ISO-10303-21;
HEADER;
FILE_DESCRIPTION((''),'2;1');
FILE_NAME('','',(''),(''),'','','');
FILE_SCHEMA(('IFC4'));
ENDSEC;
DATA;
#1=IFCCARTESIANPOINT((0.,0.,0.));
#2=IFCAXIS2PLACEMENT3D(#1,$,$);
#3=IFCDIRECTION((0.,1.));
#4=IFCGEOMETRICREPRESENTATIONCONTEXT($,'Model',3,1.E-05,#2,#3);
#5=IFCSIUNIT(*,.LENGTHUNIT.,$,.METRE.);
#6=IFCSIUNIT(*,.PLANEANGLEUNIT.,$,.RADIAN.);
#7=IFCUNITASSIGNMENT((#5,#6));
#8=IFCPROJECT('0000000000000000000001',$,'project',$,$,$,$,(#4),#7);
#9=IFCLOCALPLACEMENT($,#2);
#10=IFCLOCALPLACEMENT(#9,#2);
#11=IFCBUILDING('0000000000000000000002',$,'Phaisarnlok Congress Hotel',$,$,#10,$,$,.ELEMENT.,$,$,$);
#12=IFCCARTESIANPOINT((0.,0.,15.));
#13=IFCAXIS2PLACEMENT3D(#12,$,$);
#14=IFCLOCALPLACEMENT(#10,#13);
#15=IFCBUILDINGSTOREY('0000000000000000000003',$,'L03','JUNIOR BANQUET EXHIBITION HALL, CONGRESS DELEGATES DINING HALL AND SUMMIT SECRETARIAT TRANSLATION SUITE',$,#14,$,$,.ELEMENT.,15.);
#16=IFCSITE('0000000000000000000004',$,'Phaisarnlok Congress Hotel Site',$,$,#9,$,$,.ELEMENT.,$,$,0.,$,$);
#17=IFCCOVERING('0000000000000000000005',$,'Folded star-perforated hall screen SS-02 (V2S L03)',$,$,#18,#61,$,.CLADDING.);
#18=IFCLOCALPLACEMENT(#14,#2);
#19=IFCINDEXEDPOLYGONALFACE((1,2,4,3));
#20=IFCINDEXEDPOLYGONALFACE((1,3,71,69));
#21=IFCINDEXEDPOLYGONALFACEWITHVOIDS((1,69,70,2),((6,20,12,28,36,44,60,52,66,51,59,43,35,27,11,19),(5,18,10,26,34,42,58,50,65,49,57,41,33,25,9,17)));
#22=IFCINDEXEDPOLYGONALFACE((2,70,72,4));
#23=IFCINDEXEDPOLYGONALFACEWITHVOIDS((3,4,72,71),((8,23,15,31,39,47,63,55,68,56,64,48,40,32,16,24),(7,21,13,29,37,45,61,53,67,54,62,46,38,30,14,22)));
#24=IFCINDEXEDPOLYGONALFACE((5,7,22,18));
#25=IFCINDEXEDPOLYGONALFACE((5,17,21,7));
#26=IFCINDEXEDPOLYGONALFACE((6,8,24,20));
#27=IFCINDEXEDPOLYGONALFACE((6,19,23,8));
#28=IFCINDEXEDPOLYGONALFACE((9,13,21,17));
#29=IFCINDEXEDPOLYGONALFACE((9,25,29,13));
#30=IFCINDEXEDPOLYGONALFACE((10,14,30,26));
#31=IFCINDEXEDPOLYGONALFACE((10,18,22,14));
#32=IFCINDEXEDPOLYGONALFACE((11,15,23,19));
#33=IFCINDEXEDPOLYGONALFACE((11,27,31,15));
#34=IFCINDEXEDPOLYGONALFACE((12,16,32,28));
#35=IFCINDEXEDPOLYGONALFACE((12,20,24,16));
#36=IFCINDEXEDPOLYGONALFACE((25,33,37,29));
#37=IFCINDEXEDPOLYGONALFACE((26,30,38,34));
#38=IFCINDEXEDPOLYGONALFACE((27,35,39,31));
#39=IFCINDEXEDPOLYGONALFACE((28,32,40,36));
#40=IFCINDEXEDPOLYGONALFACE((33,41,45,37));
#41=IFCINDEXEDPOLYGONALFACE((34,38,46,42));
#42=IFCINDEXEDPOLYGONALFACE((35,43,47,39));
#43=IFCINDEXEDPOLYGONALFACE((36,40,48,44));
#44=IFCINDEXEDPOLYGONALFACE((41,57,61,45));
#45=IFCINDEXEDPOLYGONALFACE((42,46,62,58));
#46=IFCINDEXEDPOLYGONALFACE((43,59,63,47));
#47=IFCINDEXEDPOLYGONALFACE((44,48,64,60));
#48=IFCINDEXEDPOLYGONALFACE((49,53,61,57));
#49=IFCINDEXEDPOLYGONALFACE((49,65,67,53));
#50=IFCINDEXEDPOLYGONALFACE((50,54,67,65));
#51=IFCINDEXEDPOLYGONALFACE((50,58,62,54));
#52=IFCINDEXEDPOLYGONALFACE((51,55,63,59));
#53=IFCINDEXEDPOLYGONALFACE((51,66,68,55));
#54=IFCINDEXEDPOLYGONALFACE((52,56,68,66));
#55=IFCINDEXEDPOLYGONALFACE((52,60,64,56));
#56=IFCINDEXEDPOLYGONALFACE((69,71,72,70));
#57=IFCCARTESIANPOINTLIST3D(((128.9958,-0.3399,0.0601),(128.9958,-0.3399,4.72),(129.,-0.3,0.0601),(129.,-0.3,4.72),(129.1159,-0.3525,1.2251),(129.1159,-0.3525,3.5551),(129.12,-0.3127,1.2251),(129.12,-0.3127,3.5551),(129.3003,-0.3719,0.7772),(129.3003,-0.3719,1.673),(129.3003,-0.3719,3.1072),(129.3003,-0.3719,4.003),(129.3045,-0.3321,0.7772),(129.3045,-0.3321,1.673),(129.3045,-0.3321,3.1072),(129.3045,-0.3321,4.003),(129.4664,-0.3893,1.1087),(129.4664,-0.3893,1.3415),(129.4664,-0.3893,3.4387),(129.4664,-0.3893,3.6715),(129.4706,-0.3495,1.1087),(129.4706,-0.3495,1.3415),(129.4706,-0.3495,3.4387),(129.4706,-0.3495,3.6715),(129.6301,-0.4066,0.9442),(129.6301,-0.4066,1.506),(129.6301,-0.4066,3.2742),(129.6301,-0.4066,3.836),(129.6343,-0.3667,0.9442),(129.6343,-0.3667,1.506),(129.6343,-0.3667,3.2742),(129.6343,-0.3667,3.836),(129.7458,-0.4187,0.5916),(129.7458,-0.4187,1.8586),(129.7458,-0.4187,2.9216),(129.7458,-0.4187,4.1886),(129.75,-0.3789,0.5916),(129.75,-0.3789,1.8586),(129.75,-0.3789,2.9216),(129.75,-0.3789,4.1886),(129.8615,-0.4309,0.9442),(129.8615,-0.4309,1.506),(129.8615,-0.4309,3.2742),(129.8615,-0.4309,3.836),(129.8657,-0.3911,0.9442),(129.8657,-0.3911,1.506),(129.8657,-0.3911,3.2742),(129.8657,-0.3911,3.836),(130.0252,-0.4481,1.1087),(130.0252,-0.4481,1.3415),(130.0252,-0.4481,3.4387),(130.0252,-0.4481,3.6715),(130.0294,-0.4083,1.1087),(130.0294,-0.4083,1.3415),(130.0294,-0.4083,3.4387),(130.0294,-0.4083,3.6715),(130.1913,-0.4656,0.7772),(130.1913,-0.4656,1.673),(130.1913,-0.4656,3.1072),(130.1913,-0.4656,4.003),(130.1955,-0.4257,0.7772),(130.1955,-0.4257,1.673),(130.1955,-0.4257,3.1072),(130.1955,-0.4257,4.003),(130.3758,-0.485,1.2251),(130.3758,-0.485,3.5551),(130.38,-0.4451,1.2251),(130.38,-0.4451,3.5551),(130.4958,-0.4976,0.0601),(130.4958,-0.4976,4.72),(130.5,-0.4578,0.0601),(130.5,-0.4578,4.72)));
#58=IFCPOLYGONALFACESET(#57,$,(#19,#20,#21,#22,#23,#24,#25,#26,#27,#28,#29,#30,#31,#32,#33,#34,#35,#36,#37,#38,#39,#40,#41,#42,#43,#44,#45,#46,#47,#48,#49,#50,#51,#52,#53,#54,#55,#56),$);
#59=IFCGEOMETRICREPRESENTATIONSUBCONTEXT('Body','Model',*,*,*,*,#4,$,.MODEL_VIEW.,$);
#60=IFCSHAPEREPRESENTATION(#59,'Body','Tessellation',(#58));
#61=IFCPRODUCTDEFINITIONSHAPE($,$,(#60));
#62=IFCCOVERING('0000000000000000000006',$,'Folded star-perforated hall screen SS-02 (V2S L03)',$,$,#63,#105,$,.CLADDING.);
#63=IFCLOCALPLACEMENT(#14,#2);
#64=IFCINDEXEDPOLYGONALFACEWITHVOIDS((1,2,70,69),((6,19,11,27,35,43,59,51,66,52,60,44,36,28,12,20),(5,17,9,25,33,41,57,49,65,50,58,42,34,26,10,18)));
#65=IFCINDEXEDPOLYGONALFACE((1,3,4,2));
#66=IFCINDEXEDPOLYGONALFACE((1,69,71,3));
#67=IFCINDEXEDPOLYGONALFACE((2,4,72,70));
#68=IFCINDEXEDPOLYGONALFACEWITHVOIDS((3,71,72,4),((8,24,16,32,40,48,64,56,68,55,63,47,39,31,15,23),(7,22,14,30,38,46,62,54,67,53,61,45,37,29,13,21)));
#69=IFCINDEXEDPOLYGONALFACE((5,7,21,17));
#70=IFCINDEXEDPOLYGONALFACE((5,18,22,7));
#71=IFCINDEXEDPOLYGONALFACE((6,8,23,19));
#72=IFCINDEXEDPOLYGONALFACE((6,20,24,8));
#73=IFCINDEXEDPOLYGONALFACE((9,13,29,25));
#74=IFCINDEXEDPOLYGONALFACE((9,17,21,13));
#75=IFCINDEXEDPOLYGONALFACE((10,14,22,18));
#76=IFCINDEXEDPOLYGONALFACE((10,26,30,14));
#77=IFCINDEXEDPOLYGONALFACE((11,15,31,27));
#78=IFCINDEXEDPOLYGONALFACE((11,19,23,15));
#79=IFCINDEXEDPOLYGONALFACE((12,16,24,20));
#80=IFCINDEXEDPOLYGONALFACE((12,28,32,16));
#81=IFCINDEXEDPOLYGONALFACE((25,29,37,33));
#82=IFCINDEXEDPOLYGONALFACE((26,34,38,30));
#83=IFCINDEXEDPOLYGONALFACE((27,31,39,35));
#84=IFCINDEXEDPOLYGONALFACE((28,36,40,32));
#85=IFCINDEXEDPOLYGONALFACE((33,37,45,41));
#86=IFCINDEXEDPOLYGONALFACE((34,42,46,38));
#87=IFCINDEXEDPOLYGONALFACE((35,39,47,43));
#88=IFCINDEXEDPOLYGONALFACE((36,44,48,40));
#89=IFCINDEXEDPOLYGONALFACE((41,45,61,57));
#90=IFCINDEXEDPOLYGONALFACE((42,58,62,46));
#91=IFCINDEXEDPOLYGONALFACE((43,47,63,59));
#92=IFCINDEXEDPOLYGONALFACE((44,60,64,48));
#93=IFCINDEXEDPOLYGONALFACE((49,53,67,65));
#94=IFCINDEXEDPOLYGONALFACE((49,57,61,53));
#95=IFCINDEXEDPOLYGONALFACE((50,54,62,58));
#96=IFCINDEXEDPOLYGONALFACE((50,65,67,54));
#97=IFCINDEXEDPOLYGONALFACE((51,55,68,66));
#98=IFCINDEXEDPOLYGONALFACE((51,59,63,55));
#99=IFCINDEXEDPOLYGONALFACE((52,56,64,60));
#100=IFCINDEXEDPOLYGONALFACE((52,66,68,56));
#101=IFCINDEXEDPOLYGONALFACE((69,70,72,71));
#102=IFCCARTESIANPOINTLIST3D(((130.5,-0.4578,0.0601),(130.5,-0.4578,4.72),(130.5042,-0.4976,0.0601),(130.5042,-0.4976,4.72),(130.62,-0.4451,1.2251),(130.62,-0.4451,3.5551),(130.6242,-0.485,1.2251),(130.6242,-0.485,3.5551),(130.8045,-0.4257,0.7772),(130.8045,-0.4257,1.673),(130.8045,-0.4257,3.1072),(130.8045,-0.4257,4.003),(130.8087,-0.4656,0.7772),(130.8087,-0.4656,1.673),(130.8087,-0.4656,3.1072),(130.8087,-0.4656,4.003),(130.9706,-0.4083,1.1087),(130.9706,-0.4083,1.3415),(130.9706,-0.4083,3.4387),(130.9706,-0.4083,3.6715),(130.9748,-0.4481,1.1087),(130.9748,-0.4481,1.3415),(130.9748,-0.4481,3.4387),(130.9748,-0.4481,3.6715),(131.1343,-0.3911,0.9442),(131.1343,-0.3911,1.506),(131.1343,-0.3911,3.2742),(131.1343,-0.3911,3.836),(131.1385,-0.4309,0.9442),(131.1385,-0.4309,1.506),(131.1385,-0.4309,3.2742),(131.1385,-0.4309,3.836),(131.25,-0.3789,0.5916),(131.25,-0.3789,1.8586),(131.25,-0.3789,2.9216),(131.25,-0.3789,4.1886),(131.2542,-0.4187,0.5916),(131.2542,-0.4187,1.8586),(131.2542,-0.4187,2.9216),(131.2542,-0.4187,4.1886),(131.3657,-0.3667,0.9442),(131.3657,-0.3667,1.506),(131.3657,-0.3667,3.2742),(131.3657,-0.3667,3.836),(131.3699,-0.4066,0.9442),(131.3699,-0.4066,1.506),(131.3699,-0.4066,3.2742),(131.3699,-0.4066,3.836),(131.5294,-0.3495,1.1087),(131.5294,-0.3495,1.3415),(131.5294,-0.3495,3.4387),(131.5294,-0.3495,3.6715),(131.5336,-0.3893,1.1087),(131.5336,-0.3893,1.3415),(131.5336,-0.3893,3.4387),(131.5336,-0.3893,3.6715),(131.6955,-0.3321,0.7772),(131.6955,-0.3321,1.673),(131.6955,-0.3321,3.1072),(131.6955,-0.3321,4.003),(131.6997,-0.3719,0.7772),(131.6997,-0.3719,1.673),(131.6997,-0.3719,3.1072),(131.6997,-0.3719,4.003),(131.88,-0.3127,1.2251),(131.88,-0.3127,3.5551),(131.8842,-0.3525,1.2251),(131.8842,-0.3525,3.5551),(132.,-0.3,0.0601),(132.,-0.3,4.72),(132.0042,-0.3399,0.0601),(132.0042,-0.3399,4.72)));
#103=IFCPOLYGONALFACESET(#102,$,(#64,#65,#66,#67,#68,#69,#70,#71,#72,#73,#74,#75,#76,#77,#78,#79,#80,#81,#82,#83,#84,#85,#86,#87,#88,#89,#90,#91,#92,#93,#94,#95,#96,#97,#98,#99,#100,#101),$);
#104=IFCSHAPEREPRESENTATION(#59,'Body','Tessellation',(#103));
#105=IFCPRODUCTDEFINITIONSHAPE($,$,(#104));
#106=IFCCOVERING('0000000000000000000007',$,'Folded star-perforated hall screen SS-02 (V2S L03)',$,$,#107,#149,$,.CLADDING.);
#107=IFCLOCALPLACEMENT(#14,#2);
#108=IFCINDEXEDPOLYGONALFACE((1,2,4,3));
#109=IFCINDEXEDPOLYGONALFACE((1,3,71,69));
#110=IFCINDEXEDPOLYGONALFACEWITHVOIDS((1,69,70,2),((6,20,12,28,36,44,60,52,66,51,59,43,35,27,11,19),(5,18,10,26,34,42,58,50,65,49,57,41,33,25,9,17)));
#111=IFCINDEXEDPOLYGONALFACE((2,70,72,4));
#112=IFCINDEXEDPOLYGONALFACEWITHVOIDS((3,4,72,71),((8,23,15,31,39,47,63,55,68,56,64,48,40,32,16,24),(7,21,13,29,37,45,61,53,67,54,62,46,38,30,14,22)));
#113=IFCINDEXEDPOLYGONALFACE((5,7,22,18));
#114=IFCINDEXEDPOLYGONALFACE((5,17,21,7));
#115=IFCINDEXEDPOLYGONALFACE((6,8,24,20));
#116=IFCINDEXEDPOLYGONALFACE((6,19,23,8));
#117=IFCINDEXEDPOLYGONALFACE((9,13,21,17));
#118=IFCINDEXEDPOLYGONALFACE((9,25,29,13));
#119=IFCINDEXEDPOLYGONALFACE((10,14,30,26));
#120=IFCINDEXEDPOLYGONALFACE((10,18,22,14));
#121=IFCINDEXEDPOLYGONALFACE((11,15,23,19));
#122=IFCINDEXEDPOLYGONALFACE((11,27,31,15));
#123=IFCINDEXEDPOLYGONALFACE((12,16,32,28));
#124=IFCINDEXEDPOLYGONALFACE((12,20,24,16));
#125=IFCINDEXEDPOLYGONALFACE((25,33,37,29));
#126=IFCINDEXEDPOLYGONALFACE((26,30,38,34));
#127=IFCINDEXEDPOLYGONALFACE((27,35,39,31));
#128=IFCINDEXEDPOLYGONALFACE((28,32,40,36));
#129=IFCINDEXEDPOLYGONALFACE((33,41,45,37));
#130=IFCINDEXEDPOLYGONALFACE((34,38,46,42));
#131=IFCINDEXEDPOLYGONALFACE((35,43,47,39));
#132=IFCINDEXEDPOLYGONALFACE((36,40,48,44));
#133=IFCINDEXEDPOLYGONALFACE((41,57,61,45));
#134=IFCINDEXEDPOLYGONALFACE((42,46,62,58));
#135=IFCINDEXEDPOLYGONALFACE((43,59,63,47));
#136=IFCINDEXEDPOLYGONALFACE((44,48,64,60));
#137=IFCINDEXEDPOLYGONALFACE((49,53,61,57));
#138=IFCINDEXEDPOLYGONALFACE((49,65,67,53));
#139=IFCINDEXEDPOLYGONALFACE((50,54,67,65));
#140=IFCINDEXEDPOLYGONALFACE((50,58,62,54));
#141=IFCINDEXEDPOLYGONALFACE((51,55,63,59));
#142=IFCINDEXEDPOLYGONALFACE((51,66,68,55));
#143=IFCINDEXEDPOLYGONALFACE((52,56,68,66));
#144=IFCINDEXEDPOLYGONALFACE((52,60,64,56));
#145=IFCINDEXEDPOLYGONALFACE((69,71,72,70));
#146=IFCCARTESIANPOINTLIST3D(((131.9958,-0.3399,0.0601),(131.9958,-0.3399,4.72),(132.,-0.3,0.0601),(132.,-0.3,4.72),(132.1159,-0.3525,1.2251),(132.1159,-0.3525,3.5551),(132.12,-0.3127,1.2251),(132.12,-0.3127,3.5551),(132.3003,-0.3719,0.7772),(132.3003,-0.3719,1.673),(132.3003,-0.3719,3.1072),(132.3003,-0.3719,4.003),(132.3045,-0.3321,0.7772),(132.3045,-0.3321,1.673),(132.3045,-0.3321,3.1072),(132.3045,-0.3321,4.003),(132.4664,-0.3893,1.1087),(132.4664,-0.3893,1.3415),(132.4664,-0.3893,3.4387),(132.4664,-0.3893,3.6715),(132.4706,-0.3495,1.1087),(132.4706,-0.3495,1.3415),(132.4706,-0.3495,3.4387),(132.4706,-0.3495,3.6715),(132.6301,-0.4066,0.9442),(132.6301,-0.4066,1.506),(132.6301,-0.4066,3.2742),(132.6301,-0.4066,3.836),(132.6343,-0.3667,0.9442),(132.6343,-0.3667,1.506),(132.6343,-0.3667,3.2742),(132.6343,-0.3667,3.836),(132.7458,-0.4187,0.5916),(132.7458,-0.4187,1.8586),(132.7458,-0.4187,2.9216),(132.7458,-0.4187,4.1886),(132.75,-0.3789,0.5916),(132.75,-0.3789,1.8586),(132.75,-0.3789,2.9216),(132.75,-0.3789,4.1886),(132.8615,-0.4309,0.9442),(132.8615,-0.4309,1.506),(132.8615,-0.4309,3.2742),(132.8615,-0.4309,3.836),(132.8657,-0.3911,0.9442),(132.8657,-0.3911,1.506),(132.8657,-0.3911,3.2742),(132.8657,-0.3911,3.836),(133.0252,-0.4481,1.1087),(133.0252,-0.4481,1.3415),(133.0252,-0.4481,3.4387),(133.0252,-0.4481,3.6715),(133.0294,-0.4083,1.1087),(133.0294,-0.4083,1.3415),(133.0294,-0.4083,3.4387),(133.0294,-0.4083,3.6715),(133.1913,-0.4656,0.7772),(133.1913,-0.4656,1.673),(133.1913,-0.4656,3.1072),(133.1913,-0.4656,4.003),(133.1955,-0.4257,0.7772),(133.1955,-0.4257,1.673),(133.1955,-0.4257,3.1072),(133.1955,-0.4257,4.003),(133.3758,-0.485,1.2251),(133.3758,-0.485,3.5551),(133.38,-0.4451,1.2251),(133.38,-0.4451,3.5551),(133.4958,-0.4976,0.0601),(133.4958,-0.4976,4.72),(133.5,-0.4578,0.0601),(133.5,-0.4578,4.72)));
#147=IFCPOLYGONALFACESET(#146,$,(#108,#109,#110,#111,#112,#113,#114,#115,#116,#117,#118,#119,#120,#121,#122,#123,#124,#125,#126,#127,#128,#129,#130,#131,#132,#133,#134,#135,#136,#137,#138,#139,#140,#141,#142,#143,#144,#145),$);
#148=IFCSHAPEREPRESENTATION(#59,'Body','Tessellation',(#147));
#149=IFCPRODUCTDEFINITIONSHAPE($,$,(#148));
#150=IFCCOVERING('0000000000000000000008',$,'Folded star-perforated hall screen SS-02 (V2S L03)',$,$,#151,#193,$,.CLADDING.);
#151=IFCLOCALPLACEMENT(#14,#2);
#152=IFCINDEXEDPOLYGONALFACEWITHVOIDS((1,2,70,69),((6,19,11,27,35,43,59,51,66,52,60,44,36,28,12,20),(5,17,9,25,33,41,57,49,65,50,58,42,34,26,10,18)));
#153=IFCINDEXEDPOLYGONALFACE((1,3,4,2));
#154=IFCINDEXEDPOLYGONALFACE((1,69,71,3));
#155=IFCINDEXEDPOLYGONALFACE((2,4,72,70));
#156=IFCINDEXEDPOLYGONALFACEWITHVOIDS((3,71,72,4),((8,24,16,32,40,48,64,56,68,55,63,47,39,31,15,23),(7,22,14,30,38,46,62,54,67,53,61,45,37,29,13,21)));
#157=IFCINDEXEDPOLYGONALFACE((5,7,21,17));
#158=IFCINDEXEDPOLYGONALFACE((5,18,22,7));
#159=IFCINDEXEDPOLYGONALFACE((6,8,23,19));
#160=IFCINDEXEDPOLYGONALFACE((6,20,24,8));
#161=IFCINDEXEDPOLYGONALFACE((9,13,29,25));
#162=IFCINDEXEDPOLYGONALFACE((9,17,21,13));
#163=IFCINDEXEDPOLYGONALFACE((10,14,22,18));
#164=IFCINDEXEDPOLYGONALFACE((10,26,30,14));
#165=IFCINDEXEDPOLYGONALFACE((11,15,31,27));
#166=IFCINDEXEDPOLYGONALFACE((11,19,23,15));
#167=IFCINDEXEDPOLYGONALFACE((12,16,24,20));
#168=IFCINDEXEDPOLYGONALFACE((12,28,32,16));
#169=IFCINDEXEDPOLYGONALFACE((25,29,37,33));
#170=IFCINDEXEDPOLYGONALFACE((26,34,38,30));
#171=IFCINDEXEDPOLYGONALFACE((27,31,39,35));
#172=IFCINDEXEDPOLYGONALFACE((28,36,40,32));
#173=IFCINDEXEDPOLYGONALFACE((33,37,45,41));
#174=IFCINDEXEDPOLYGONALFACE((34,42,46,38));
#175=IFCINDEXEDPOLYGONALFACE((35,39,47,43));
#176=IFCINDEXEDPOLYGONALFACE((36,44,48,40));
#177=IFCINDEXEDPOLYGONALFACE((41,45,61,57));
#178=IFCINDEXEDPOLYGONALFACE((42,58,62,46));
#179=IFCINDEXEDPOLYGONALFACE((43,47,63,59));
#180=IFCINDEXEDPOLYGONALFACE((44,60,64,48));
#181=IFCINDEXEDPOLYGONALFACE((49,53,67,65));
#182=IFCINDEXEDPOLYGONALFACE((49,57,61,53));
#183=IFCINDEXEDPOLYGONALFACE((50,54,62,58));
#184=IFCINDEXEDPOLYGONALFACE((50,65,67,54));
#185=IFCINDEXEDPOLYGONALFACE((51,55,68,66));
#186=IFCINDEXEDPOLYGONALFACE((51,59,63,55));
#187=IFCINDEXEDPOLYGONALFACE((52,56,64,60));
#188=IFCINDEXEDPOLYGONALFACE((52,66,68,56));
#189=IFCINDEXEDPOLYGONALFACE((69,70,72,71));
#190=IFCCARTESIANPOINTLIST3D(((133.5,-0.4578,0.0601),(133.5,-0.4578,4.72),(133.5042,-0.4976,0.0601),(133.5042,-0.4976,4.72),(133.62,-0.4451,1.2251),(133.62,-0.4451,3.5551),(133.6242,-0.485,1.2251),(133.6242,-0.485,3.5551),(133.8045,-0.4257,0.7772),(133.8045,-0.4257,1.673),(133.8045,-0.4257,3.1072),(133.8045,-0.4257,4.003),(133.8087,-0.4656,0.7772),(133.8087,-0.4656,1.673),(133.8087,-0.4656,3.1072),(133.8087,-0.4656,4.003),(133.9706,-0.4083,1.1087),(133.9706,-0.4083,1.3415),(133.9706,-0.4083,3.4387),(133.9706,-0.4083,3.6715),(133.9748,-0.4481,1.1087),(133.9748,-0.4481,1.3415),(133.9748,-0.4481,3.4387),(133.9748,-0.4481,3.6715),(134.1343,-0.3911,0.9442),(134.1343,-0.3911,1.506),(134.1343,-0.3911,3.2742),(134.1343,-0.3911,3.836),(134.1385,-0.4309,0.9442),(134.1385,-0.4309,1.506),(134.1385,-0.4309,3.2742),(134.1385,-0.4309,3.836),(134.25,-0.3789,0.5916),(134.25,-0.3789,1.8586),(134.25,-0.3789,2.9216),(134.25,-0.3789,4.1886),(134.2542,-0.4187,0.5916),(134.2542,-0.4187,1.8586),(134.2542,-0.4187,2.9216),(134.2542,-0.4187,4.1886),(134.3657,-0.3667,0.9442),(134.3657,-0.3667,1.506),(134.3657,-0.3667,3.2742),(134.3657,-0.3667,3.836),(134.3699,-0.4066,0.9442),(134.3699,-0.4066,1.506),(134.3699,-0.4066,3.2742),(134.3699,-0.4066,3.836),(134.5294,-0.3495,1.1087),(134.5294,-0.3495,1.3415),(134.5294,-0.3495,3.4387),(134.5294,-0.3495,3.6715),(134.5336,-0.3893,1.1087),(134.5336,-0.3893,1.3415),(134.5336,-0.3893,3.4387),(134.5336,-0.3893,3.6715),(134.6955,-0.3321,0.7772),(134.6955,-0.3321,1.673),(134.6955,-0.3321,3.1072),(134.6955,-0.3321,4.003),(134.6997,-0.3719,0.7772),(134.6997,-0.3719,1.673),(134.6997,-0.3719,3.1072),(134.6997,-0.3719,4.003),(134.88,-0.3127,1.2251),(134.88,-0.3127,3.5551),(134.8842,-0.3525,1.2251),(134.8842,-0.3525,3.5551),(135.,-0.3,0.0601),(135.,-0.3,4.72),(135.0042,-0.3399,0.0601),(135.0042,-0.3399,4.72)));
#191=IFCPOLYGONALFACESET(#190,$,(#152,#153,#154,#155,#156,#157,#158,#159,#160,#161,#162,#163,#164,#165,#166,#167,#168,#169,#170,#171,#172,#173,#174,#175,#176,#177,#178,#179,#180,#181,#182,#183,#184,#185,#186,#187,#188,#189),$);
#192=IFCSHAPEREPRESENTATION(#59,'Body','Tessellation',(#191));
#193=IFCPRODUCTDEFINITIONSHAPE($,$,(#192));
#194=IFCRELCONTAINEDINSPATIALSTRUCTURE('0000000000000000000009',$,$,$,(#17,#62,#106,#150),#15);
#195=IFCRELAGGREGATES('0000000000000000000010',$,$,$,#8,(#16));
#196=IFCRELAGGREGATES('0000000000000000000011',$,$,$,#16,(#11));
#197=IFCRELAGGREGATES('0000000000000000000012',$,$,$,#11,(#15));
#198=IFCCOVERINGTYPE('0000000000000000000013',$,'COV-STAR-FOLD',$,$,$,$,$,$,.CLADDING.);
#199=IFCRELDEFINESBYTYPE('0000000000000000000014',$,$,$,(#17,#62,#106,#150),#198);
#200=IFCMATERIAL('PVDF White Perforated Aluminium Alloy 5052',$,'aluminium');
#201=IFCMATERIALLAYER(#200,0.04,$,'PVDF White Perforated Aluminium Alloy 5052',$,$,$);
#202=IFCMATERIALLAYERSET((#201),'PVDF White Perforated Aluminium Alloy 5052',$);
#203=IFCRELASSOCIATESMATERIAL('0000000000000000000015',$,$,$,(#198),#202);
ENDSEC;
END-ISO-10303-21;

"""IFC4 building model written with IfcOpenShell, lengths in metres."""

from ifc_helpers import new_model, si_unit, direction, frame, origin, place, context, subcontext, project, spatial, polyline, outline, extrude, material, layer, layer_set, type_object, element, save


model = new_model("IFC4")

# Units and contexts
model_context = context("Model", 3, precision=1e-05, world=origin(), true_north=direction((0.0, 1.0)))
body_context = subcontext(model_context, "Body", "Model", "MODEL_VIEW")
ifc_project = project(units=[si_unit("LENGTHUNIT", "METRE"), si_unit("PLANEANGLEUNIT", "RADIAN")], contexts=[model_context])

# Site, building, storey
site_placement = place(None, origin())
site = spatial("IfcSite", under=ifc_project, at=site_placement, Name="Phaisarnlok Congress Hotel Site", CompositionType="ELEMENT", RefElevation=0.0)
building_placement = place(site_placement, origin())
building = spatial("IfcBuilding", under=site, at=building_placement, Name="Phaisarnlok Congress Hotel", CompositionType="ELEMENT")
storey_placement = place(building_placement, frame((0.0, 0.0, 15.0)))
storey = spatial("IfcBuildingStorey", under=building, at=storey_placement, Name="L03", Description="JUNIOR BANQUET EXHIBITION HALL, CONGRESS DELEGATES DINING HALL AND SUMMIT SECRETARIAT TRANSLATION SUITE", CompositionType="ELEMENT", Elevation=15.0)

# Coverings
ifc_material_1 = material(Name="PVDF White Perforated Aluminium Alloy 5052", Category="aluminium")
ifc_layer_1 = layer(ifc_material_1, 0.04, Name="PVDF White Perforated Aluminium Alloy 5052")
ifc_layer_set_1 = layer_set([ifc_layer_1], Name="PVDF White Perforated Aluminium Alloy 5052")
covering_type = type_object("IfcCoveringType", Name="COV-STAR-FOLD", PredefinedType="CLADDING", material=ifc_layer_set_1)
for number, where, z_axis, x_axis, name in (
    (1, (129.0, -0.3, 0.0601), (-0.104567, -0.994518, 0.0), (0.994518, -0.104567, 0.0), "Folded star-perforated hall screen SS-02 (V2S L03)"),
    (2, (130.5, -0.4578, 0.0601), (0.104567, -0.994518, 0.0), (0.994518, 0.104567, 0.0), "Folded star-perforated hall screen SS-02 (V2S L03)"),
    (3, (132.0, -0.3, 0.0601), (-0.104567, -0.994518, 0.0), (0.994518, -0.104567, 0.0), "Folded star-perforated hall screen SS-02 (V2S L03)"),
    (4, (133.5, -0.4578, 0.0601), (0.104567, -0.994518, 0.0), (0.994518, 0.104567, 0.0), "Folded star-perforated hall screen SS-02 (V2S L03)"),
):
    element("IfcCovering", number, at=place(storey_placement, frame(where, z_axis=z_axis, x_axis=x_axis)), inside=storey, type_object=covering_type, Name=name, PredefinedType="CLADDING", context=body_context, shape_type="SweptSolid", body=[
        extrude(outline(polyline([(0.0, 0.0), (1.5083, 0.0), (1.5083, 4.6599), (0.0, 4.6599), (0.0, 0.0)]), holes=[polyline([(1.0351, 1.0486), (1.2021, 0.7171), (0.8705, 0.8841), (0.7541, 0.5315), (0.6378, 0.8841), (0.3062, 0.7171), (0.4732, 1.0486), (0.1207, 1.165), (0.4732, 1.2814), (0.3062, 1.6129), (0.6378, 1.4459), (0.7541, 1.7985), (0.8705, 1.4459), (1.2021, 1.6129), (1.0351, 1.2814), (1.3876, 1.165), (1.0351, 1.0486)]), polyline([(1.0351, 3.3786), (1.2021, 3.0471), (0.8705, 3.2141), (0.7541, 2.8615), (0.6378, 3.2141), (0.3062, 3.0471), (0.4732, 3.3786), (0.1207, 3.495), (0.4732, 3.6114), (0.3062, 3.9429), (0.6378, 3.7759), (0.7541, 4.1285), (0.8705, 3.7759), (1.2021, 3.9429), (1.0351, 3.6114), (1.3876, 3.495), (1.0351, 3.3786)])]), origin(), (0.0, 0.0, 1.0), 0.04),
    ])

save(model, "model.ifc")
